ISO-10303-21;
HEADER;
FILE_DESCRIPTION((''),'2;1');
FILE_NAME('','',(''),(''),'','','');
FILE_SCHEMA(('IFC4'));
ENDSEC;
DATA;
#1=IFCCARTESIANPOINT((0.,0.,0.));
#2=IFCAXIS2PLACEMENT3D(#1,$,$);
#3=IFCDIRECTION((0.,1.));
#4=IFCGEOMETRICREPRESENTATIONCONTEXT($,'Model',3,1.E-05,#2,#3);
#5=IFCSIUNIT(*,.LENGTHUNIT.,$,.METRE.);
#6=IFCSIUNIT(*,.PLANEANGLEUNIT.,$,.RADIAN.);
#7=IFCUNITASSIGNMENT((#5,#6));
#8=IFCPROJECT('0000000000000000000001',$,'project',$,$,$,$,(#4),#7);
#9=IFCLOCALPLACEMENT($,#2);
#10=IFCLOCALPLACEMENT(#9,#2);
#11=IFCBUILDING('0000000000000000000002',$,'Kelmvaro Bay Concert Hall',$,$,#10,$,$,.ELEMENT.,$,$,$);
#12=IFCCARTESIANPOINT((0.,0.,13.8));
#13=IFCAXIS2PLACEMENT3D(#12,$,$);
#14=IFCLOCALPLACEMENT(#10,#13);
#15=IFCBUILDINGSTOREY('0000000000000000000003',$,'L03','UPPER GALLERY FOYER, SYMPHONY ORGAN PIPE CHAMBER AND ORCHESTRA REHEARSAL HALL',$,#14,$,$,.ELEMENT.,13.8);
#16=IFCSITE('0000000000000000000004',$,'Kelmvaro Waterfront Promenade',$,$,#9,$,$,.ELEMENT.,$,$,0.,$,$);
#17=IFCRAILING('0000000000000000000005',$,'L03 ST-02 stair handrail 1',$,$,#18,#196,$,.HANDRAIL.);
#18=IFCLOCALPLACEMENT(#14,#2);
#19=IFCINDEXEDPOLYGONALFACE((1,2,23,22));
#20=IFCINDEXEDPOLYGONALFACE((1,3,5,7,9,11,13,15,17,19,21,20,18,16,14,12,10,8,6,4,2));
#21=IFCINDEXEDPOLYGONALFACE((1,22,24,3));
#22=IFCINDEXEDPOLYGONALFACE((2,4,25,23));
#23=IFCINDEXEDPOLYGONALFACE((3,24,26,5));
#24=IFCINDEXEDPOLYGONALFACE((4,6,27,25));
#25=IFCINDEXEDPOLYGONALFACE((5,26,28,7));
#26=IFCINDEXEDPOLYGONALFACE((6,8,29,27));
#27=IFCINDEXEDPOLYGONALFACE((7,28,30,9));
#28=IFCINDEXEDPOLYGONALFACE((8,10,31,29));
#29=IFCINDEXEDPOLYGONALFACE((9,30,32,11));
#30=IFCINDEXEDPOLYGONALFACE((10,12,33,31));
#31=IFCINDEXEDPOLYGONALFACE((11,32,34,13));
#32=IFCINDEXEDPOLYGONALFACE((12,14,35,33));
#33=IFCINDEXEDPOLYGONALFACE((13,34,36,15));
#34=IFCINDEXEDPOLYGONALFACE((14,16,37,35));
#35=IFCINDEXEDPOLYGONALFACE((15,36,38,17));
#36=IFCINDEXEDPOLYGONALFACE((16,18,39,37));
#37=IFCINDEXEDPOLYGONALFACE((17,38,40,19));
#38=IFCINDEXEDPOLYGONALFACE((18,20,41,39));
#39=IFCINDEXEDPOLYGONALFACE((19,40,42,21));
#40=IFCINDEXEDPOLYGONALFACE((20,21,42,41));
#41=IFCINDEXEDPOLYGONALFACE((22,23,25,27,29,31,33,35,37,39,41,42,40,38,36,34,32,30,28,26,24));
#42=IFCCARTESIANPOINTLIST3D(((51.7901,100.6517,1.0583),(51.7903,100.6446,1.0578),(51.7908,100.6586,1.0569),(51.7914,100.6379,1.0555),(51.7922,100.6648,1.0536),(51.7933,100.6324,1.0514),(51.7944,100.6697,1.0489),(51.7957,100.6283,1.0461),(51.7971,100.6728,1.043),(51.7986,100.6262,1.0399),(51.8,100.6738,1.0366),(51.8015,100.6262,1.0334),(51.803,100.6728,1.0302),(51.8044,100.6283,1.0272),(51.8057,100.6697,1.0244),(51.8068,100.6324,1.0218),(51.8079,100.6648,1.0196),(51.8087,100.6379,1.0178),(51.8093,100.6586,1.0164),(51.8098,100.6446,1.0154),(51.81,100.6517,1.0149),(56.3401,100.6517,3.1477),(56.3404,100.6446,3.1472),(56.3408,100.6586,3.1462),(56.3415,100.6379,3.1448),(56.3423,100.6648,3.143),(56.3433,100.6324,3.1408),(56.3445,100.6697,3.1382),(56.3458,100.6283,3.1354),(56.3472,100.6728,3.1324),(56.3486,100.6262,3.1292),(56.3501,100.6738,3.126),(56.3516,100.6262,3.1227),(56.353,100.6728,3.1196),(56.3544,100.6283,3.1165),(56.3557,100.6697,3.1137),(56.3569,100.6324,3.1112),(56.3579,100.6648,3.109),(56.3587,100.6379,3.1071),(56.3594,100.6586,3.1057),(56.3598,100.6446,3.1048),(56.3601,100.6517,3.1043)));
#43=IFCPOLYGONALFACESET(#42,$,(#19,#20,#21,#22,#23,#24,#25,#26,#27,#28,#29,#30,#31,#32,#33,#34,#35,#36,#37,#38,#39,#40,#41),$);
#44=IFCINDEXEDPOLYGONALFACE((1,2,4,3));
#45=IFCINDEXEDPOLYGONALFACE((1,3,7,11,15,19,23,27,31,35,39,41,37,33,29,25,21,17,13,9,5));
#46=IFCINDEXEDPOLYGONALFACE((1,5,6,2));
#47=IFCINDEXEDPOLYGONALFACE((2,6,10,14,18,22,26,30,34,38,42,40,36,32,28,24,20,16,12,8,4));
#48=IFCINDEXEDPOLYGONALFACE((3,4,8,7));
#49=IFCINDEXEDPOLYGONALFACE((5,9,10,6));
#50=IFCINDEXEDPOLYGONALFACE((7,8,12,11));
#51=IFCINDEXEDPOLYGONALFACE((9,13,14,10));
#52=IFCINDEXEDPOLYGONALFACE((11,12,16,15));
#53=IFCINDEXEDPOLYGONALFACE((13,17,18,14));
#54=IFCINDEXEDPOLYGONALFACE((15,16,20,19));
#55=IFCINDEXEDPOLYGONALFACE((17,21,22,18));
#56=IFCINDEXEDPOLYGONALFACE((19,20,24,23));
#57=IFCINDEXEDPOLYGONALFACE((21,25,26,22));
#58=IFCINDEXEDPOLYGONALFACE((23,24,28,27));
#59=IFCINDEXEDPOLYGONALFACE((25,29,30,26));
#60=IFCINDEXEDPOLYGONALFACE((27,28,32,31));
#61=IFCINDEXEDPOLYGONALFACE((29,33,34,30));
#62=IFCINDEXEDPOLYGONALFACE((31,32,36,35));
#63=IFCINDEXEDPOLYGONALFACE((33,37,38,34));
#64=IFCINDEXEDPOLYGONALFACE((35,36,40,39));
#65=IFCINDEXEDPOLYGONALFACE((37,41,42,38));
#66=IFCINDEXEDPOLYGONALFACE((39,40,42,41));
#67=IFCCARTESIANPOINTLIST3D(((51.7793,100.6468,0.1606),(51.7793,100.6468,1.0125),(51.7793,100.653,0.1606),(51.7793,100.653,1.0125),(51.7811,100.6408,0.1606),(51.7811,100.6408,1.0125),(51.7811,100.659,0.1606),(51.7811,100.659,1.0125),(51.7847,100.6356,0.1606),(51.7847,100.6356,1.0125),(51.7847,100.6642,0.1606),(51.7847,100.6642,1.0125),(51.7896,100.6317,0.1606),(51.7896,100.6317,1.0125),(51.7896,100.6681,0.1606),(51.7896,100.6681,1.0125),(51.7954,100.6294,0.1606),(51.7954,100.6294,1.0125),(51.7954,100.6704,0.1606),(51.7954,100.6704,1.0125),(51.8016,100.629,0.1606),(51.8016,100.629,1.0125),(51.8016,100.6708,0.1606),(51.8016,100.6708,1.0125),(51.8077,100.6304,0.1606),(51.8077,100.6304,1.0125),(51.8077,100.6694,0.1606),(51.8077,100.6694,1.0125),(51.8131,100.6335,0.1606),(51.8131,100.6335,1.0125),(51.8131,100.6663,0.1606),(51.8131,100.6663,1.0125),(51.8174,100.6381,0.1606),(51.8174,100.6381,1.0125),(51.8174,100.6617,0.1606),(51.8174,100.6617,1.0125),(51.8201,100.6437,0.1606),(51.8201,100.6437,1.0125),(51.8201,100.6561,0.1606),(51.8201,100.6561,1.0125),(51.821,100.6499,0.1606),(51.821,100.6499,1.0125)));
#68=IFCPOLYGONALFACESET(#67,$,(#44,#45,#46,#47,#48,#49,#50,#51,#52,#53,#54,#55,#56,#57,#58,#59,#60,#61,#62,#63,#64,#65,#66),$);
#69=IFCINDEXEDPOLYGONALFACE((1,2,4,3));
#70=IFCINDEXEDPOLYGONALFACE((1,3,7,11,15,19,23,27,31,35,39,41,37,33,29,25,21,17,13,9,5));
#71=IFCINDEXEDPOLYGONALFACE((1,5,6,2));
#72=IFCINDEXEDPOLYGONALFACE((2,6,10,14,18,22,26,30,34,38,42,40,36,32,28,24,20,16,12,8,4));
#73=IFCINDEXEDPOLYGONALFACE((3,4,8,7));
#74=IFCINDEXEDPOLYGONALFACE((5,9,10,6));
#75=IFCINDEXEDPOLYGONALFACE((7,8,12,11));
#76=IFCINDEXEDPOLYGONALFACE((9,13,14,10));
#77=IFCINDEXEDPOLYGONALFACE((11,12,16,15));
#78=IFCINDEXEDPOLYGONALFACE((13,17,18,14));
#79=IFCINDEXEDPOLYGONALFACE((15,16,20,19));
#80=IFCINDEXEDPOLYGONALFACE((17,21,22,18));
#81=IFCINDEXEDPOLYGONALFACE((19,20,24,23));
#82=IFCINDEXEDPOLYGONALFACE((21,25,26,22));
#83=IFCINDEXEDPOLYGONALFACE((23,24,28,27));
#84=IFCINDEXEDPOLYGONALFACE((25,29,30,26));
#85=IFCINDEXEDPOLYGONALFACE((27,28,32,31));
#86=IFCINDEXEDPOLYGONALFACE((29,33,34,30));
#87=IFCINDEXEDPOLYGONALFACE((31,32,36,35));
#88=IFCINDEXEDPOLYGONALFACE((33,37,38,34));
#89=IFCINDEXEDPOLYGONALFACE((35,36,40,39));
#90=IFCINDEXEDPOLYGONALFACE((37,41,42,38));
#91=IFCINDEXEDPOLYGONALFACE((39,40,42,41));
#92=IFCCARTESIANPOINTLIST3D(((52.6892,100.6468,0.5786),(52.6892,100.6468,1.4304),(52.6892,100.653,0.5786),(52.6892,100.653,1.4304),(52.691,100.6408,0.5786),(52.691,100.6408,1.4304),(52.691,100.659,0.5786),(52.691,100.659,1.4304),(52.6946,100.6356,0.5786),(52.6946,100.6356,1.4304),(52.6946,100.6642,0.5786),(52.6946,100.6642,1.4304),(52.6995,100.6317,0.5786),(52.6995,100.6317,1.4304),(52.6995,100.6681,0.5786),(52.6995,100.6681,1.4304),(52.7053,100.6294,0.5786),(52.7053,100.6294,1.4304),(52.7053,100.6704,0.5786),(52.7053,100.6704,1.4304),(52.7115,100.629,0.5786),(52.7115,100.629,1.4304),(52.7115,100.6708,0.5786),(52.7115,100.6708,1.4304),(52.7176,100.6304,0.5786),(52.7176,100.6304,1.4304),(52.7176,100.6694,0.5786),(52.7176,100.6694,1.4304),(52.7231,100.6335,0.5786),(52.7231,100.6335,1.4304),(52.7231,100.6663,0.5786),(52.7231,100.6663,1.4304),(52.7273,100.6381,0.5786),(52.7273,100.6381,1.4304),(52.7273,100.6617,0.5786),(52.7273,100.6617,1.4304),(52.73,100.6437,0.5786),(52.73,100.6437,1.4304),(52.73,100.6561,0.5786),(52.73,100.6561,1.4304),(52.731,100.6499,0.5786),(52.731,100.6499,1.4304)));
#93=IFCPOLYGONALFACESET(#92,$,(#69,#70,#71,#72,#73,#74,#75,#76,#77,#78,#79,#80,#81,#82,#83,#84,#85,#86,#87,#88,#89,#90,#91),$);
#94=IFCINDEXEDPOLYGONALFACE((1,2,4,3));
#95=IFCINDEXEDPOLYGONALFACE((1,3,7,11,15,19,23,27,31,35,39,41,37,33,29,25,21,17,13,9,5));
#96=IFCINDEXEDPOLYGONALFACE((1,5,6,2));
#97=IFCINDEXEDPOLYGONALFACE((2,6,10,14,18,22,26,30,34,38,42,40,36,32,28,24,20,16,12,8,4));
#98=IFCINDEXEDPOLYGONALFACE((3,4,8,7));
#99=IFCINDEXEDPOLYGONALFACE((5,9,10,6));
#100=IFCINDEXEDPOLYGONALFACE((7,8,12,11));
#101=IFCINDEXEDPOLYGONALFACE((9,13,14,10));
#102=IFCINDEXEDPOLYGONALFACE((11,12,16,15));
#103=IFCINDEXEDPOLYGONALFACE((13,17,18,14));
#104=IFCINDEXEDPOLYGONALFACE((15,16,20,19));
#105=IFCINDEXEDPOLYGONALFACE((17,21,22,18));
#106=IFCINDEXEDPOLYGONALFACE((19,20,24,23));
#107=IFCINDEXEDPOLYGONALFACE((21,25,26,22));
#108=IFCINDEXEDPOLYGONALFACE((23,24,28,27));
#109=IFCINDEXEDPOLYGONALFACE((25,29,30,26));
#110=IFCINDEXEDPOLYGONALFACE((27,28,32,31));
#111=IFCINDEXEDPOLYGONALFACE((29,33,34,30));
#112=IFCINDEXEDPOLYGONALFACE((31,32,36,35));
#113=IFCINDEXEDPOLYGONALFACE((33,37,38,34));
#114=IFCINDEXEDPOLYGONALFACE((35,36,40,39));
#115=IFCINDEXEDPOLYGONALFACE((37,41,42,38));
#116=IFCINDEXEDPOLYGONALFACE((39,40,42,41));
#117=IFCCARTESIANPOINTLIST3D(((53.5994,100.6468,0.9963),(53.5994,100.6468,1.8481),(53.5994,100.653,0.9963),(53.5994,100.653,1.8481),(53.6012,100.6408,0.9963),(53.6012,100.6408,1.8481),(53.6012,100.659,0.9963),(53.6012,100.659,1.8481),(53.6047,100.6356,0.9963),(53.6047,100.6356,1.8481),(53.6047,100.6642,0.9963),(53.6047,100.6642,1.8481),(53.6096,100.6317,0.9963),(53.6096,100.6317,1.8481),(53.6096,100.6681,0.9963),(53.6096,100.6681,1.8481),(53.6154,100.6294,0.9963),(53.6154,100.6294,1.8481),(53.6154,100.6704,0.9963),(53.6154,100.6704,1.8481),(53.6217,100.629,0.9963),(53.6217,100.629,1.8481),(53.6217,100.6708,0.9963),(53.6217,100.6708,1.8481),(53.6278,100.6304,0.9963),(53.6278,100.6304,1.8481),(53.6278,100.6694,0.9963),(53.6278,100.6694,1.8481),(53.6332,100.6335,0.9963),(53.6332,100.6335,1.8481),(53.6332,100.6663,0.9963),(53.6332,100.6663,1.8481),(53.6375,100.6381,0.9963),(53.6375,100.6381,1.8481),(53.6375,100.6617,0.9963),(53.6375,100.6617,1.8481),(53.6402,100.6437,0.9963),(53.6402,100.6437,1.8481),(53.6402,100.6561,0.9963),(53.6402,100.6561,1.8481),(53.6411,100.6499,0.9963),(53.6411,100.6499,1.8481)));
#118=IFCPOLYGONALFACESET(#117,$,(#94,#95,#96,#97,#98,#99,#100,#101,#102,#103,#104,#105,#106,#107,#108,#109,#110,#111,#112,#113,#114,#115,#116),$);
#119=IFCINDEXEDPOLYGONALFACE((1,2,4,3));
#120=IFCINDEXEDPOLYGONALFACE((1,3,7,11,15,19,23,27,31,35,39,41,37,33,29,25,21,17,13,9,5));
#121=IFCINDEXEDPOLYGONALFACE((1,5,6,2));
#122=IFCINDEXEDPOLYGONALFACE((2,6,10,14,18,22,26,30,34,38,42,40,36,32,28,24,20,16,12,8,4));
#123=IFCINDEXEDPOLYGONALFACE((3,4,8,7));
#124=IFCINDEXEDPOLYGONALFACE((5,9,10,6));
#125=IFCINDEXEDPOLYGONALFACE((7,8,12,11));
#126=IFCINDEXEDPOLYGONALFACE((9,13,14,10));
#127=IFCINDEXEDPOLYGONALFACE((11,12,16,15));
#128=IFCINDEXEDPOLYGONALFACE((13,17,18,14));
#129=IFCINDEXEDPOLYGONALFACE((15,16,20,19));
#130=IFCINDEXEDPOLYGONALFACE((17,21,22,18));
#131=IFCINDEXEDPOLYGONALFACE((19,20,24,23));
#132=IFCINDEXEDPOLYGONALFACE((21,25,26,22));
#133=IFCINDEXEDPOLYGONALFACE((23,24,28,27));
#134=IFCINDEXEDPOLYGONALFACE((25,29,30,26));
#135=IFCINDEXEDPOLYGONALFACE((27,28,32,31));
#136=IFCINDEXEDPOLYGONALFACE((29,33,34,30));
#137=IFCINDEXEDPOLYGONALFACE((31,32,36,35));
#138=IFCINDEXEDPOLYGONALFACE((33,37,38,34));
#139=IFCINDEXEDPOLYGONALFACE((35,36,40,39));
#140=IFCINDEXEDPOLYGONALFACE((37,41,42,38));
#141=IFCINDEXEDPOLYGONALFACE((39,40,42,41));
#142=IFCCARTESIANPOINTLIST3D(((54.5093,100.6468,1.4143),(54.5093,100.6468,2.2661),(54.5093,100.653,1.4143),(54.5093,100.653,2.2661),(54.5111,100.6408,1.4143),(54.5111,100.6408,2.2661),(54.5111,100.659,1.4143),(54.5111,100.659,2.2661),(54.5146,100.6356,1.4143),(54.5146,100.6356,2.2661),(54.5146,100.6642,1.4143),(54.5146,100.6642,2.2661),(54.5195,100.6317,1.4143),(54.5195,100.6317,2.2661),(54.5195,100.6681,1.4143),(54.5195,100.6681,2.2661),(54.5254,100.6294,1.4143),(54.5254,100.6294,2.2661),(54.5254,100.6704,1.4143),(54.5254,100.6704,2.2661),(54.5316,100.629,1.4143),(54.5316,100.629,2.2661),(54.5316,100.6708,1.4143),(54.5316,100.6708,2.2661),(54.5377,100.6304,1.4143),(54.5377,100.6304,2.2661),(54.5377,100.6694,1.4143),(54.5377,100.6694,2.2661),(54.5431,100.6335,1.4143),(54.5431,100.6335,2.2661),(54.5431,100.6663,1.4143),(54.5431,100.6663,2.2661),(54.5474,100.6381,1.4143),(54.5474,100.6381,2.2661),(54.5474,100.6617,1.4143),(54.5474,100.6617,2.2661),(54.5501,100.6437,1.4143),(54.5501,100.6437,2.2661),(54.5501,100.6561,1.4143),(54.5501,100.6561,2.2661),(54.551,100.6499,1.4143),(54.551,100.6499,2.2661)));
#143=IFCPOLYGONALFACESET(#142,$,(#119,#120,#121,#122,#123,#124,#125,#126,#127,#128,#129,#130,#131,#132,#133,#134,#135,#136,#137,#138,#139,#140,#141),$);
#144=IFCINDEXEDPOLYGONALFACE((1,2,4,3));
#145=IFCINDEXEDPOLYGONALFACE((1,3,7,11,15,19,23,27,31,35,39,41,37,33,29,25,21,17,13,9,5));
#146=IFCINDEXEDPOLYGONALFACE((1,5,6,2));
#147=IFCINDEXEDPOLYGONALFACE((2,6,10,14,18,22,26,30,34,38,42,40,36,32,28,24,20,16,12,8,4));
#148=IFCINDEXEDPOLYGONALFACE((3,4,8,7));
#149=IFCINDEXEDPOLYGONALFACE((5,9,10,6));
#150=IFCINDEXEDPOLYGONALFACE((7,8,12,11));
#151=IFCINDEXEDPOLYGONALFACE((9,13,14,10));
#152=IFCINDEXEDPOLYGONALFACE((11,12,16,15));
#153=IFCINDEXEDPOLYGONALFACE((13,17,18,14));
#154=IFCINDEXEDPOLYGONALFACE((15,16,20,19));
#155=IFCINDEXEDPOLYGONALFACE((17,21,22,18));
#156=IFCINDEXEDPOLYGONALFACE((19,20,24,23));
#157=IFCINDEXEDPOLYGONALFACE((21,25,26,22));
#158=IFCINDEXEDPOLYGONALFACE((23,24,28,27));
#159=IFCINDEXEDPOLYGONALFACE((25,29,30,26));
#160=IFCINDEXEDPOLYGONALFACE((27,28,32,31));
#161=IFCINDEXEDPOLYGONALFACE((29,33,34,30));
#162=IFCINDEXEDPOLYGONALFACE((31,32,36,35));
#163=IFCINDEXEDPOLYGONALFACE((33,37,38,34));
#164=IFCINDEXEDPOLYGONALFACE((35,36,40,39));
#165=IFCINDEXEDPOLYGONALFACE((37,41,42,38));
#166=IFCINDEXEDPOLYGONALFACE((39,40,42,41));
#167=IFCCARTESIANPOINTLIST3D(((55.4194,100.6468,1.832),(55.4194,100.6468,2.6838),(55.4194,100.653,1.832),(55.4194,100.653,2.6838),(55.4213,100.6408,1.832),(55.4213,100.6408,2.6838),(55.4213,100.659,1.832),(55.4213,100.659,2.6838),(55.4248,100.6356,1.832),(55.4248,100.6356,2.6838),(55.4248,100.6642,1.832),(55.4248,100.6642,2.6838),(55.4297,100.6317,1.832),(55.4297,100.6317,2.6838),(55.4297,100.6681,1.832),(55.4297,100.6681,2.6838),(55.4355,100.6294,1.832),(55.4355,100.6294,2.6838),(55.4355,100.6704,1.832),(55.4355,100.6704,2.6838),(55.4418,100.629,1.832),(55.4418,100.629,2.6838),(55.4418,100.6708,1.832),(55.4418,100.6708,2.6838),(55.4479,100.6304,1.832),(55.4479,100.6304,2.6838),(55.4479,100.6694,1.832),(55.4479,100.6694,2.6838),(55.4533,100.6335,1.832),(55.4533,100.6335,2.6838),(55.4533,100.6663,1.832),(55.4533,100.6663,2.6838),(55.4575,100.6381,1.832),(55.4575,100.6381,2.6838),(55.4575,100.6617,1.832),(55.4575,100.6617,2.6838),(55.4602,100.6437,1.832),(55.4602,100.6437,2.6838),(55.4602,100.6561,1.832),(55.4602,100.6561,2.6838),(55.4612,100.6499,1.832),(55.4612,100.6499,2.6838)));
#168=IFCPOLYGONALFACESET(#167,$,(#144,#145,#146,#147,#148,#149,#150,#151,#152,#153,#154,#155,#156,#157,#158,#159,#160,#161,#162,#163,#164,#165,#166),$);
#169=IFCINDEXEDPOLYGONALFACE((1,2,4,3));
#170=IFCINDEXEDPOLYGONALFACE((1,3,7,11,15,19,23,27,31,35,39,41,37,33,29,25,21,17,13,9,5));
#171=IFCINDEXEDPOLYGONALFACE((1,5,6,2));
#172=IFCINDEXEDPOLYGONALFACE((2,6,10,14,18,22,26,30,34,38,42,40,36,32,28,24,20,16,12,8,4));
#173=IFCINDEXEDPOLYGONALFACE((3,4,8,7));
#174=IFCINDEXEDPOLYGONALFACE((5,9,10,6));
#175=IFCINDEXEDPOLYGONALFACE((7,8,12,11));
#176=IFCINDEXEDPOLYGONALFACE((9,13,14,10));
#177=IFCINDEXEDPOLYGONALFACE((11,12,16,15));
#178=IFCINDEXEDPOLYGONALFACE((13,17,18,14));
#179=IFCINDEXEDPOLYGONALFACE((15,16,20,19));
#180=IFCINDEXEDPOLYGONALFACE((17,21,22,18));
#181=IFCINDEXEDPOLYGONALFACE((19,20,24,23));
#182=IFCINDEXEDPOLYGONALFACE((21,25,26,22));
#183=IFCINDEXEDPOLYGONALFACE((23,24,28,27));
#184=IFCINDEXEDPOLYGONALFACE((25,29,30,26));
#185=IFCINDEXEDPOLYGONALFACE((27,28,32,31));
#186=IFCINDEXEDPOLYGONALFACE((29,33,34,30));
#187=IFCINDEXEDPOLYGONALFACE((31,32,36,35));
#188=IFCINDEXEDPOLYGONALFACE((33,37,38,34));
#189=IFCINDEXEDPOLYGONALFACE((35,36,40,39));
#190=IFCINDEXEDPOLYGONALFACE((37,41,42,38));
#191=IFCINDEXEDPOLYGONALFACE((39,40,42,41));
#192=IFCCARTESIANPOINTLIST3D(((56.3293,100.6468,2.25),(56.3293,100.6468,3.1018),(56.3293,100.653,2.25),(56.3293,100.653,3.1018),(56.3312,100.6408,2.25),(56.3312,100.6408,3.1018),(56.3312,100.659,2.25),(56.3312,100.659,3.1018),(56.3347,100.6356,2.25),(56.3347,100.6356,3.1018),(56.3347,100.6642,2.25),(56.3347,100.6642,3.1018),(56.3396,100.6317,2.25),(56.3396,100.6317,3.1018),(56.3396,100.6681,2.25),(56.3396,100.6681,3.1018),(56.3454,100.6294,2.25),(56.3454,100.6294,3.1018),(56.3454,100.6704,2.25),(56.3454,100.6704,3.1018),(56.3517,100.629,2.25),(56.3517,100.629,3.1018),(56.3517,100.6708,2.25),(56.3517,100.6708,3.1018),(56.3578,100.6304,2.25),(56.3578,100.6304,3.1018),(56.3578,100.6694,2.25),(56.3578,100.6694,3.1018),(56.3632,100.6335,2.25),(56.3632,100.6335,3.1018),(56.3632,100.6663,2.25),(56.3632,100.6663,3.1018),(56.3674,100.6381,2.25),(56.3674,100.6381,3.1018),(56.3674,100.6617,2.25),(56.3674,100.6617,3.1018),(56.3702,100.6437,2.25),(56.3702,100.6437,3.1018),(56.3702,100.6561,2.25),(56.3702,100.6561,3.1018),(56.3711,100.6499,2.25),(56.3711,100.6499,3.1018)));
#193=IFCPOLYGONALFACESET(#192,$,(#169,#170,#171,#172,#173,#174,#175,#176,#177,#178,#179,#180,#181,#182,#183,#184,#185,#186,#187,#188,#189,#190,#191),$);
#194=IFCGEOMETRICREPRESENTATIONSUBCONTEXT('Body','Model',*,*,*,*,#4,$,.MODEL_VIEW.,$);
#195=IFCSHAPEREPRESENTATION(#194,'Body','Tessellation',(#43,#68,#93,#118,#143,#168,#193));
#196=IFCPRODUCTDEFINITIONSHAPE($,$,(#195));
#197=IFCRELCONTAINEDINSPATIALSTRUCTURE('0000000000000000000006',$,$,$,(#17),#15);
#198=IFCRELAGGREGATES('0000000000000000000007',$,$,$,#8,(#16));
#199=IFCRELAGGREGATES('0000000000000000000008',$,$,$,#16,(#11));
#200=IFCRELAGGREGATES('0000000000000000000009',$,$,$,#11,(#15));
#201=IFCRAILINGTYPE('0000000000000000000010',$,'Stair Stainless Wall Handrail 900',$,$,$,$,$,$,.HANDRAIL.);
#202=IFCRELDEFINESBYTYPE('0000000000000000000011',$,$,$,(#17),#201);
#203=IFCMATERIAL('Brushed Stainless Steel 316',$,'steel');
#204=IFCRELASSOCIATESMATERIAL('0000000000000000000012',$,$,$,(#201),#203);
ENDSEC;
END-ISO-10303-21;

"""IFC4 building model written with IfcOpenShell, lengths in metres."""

from ifc_helpers import new_model, si_unit, direction, frame, origin, origin_2d, place, context, subcontext, project, spatial, circle, extrude, material, type_object, element, save


model = new_model("IFC4")

# Units and contexts
model_context = context("Model", 3, precision=1e-05, world=origin(), true_north=direction((0.0, 1.0)))
body_context = subcontext(model_context, "Body", "Model", "MODEL_VIEW")
ifc_project = project(units=[si_unit("LENGTHUNIT", "METRE"), si_unit("PLANEANGLEUNIT", "RADIAN")], contexts=[model_context])

# Site, building, storey
site_placement = place(None, origin())
site = spatial("IfcSite", under=ifc_project, at=site_placement, Name="Kelmvaro Waterfront Promenade", CompositionType="ELEMENT", RefElevation=0.0)
building_placement = place(site_placement, origin())
building = spatial("IfcBuilding", under=site, at=building_placement, Name="Kelmvaro Bay Concert Hall", CompositionType="ELEMENT")
storey_placement = place(building_placement, frame((0.0, 0.0, 13.8)))
storey = spatial("IfcBuildingStorey", under=building, at=storey_placement, Name="L03", Description="UPPER GALLERY FOYER, SYMPHONY ORGAN PIPE CHAMBER AND ORCHESTRA REHEARSAL HALL", CompositionType="ELEMENT", Elevation=13.8)

# Railing
ifc_material_1 = material(Name="Brushed Stainless Steel 316", Category="steel")
railing_type_1 = type_object("IfcRailingType", Name="Stair Stainless Wall Handrail 900", PredefinedType="HANDRAIL", material=ifc_material_1)
railing_1_placement = place(storey_placement, frame((51.8, 100.6499, 0.1606)))
element("IfcRailing", 1, at=railing_1_placement, inside=storey, type_object=railing_type_1, Name="L03 ST-02 stair handrail 1", PredefinedType="HANDRAIL", context=body_context, shape_type="SweptSolid", body=[
    extrude(circle(Radius=0.0239, at=origin_2d()), frame((0.0, 0.0, 0.876), z_axis=(0.908768, 0.0, 0.417301), x_axis=(0.0, 1.0, 0.0)), (0.0, 0.0, 1.0), 5.0068),
    extrude(circle(Radius=0.021, at=origin_2d()), origin(), (0.0, 0.0, 1.0), 0.8518),
    extrude(circle(Radius=0.021, at=origin_2d()), frame((0.9099, 0.0, 0.418)), (0.0, 0.0, 1.0), 0.8518),
    extrude(circle(Radius=0.021, at=origin_2d()), frame((1.8201, 0.0, 0.8357)), (0.0, 0.0, 1.0), 0.8518),
    extrude(circle(Radius=0.021, at=origin_2d()), frame((2.73, 0.0, 1.2537)), (0.0, 0.0, 1.0), 0.8518),
    extrude(circle(Radius=0.021, at=origin_2d()), frame((3.6401, 0.0, 1.6714)), (0.0, 0.0, 1.0), 0.8518),
    extrude(circle(Radius=0.021, at=origin_2d()), frame((4.55, 0.0, 2.0894)), (0.0, 0.0, 1.0), 0.8518),
])

save(model, "model.ifc")
